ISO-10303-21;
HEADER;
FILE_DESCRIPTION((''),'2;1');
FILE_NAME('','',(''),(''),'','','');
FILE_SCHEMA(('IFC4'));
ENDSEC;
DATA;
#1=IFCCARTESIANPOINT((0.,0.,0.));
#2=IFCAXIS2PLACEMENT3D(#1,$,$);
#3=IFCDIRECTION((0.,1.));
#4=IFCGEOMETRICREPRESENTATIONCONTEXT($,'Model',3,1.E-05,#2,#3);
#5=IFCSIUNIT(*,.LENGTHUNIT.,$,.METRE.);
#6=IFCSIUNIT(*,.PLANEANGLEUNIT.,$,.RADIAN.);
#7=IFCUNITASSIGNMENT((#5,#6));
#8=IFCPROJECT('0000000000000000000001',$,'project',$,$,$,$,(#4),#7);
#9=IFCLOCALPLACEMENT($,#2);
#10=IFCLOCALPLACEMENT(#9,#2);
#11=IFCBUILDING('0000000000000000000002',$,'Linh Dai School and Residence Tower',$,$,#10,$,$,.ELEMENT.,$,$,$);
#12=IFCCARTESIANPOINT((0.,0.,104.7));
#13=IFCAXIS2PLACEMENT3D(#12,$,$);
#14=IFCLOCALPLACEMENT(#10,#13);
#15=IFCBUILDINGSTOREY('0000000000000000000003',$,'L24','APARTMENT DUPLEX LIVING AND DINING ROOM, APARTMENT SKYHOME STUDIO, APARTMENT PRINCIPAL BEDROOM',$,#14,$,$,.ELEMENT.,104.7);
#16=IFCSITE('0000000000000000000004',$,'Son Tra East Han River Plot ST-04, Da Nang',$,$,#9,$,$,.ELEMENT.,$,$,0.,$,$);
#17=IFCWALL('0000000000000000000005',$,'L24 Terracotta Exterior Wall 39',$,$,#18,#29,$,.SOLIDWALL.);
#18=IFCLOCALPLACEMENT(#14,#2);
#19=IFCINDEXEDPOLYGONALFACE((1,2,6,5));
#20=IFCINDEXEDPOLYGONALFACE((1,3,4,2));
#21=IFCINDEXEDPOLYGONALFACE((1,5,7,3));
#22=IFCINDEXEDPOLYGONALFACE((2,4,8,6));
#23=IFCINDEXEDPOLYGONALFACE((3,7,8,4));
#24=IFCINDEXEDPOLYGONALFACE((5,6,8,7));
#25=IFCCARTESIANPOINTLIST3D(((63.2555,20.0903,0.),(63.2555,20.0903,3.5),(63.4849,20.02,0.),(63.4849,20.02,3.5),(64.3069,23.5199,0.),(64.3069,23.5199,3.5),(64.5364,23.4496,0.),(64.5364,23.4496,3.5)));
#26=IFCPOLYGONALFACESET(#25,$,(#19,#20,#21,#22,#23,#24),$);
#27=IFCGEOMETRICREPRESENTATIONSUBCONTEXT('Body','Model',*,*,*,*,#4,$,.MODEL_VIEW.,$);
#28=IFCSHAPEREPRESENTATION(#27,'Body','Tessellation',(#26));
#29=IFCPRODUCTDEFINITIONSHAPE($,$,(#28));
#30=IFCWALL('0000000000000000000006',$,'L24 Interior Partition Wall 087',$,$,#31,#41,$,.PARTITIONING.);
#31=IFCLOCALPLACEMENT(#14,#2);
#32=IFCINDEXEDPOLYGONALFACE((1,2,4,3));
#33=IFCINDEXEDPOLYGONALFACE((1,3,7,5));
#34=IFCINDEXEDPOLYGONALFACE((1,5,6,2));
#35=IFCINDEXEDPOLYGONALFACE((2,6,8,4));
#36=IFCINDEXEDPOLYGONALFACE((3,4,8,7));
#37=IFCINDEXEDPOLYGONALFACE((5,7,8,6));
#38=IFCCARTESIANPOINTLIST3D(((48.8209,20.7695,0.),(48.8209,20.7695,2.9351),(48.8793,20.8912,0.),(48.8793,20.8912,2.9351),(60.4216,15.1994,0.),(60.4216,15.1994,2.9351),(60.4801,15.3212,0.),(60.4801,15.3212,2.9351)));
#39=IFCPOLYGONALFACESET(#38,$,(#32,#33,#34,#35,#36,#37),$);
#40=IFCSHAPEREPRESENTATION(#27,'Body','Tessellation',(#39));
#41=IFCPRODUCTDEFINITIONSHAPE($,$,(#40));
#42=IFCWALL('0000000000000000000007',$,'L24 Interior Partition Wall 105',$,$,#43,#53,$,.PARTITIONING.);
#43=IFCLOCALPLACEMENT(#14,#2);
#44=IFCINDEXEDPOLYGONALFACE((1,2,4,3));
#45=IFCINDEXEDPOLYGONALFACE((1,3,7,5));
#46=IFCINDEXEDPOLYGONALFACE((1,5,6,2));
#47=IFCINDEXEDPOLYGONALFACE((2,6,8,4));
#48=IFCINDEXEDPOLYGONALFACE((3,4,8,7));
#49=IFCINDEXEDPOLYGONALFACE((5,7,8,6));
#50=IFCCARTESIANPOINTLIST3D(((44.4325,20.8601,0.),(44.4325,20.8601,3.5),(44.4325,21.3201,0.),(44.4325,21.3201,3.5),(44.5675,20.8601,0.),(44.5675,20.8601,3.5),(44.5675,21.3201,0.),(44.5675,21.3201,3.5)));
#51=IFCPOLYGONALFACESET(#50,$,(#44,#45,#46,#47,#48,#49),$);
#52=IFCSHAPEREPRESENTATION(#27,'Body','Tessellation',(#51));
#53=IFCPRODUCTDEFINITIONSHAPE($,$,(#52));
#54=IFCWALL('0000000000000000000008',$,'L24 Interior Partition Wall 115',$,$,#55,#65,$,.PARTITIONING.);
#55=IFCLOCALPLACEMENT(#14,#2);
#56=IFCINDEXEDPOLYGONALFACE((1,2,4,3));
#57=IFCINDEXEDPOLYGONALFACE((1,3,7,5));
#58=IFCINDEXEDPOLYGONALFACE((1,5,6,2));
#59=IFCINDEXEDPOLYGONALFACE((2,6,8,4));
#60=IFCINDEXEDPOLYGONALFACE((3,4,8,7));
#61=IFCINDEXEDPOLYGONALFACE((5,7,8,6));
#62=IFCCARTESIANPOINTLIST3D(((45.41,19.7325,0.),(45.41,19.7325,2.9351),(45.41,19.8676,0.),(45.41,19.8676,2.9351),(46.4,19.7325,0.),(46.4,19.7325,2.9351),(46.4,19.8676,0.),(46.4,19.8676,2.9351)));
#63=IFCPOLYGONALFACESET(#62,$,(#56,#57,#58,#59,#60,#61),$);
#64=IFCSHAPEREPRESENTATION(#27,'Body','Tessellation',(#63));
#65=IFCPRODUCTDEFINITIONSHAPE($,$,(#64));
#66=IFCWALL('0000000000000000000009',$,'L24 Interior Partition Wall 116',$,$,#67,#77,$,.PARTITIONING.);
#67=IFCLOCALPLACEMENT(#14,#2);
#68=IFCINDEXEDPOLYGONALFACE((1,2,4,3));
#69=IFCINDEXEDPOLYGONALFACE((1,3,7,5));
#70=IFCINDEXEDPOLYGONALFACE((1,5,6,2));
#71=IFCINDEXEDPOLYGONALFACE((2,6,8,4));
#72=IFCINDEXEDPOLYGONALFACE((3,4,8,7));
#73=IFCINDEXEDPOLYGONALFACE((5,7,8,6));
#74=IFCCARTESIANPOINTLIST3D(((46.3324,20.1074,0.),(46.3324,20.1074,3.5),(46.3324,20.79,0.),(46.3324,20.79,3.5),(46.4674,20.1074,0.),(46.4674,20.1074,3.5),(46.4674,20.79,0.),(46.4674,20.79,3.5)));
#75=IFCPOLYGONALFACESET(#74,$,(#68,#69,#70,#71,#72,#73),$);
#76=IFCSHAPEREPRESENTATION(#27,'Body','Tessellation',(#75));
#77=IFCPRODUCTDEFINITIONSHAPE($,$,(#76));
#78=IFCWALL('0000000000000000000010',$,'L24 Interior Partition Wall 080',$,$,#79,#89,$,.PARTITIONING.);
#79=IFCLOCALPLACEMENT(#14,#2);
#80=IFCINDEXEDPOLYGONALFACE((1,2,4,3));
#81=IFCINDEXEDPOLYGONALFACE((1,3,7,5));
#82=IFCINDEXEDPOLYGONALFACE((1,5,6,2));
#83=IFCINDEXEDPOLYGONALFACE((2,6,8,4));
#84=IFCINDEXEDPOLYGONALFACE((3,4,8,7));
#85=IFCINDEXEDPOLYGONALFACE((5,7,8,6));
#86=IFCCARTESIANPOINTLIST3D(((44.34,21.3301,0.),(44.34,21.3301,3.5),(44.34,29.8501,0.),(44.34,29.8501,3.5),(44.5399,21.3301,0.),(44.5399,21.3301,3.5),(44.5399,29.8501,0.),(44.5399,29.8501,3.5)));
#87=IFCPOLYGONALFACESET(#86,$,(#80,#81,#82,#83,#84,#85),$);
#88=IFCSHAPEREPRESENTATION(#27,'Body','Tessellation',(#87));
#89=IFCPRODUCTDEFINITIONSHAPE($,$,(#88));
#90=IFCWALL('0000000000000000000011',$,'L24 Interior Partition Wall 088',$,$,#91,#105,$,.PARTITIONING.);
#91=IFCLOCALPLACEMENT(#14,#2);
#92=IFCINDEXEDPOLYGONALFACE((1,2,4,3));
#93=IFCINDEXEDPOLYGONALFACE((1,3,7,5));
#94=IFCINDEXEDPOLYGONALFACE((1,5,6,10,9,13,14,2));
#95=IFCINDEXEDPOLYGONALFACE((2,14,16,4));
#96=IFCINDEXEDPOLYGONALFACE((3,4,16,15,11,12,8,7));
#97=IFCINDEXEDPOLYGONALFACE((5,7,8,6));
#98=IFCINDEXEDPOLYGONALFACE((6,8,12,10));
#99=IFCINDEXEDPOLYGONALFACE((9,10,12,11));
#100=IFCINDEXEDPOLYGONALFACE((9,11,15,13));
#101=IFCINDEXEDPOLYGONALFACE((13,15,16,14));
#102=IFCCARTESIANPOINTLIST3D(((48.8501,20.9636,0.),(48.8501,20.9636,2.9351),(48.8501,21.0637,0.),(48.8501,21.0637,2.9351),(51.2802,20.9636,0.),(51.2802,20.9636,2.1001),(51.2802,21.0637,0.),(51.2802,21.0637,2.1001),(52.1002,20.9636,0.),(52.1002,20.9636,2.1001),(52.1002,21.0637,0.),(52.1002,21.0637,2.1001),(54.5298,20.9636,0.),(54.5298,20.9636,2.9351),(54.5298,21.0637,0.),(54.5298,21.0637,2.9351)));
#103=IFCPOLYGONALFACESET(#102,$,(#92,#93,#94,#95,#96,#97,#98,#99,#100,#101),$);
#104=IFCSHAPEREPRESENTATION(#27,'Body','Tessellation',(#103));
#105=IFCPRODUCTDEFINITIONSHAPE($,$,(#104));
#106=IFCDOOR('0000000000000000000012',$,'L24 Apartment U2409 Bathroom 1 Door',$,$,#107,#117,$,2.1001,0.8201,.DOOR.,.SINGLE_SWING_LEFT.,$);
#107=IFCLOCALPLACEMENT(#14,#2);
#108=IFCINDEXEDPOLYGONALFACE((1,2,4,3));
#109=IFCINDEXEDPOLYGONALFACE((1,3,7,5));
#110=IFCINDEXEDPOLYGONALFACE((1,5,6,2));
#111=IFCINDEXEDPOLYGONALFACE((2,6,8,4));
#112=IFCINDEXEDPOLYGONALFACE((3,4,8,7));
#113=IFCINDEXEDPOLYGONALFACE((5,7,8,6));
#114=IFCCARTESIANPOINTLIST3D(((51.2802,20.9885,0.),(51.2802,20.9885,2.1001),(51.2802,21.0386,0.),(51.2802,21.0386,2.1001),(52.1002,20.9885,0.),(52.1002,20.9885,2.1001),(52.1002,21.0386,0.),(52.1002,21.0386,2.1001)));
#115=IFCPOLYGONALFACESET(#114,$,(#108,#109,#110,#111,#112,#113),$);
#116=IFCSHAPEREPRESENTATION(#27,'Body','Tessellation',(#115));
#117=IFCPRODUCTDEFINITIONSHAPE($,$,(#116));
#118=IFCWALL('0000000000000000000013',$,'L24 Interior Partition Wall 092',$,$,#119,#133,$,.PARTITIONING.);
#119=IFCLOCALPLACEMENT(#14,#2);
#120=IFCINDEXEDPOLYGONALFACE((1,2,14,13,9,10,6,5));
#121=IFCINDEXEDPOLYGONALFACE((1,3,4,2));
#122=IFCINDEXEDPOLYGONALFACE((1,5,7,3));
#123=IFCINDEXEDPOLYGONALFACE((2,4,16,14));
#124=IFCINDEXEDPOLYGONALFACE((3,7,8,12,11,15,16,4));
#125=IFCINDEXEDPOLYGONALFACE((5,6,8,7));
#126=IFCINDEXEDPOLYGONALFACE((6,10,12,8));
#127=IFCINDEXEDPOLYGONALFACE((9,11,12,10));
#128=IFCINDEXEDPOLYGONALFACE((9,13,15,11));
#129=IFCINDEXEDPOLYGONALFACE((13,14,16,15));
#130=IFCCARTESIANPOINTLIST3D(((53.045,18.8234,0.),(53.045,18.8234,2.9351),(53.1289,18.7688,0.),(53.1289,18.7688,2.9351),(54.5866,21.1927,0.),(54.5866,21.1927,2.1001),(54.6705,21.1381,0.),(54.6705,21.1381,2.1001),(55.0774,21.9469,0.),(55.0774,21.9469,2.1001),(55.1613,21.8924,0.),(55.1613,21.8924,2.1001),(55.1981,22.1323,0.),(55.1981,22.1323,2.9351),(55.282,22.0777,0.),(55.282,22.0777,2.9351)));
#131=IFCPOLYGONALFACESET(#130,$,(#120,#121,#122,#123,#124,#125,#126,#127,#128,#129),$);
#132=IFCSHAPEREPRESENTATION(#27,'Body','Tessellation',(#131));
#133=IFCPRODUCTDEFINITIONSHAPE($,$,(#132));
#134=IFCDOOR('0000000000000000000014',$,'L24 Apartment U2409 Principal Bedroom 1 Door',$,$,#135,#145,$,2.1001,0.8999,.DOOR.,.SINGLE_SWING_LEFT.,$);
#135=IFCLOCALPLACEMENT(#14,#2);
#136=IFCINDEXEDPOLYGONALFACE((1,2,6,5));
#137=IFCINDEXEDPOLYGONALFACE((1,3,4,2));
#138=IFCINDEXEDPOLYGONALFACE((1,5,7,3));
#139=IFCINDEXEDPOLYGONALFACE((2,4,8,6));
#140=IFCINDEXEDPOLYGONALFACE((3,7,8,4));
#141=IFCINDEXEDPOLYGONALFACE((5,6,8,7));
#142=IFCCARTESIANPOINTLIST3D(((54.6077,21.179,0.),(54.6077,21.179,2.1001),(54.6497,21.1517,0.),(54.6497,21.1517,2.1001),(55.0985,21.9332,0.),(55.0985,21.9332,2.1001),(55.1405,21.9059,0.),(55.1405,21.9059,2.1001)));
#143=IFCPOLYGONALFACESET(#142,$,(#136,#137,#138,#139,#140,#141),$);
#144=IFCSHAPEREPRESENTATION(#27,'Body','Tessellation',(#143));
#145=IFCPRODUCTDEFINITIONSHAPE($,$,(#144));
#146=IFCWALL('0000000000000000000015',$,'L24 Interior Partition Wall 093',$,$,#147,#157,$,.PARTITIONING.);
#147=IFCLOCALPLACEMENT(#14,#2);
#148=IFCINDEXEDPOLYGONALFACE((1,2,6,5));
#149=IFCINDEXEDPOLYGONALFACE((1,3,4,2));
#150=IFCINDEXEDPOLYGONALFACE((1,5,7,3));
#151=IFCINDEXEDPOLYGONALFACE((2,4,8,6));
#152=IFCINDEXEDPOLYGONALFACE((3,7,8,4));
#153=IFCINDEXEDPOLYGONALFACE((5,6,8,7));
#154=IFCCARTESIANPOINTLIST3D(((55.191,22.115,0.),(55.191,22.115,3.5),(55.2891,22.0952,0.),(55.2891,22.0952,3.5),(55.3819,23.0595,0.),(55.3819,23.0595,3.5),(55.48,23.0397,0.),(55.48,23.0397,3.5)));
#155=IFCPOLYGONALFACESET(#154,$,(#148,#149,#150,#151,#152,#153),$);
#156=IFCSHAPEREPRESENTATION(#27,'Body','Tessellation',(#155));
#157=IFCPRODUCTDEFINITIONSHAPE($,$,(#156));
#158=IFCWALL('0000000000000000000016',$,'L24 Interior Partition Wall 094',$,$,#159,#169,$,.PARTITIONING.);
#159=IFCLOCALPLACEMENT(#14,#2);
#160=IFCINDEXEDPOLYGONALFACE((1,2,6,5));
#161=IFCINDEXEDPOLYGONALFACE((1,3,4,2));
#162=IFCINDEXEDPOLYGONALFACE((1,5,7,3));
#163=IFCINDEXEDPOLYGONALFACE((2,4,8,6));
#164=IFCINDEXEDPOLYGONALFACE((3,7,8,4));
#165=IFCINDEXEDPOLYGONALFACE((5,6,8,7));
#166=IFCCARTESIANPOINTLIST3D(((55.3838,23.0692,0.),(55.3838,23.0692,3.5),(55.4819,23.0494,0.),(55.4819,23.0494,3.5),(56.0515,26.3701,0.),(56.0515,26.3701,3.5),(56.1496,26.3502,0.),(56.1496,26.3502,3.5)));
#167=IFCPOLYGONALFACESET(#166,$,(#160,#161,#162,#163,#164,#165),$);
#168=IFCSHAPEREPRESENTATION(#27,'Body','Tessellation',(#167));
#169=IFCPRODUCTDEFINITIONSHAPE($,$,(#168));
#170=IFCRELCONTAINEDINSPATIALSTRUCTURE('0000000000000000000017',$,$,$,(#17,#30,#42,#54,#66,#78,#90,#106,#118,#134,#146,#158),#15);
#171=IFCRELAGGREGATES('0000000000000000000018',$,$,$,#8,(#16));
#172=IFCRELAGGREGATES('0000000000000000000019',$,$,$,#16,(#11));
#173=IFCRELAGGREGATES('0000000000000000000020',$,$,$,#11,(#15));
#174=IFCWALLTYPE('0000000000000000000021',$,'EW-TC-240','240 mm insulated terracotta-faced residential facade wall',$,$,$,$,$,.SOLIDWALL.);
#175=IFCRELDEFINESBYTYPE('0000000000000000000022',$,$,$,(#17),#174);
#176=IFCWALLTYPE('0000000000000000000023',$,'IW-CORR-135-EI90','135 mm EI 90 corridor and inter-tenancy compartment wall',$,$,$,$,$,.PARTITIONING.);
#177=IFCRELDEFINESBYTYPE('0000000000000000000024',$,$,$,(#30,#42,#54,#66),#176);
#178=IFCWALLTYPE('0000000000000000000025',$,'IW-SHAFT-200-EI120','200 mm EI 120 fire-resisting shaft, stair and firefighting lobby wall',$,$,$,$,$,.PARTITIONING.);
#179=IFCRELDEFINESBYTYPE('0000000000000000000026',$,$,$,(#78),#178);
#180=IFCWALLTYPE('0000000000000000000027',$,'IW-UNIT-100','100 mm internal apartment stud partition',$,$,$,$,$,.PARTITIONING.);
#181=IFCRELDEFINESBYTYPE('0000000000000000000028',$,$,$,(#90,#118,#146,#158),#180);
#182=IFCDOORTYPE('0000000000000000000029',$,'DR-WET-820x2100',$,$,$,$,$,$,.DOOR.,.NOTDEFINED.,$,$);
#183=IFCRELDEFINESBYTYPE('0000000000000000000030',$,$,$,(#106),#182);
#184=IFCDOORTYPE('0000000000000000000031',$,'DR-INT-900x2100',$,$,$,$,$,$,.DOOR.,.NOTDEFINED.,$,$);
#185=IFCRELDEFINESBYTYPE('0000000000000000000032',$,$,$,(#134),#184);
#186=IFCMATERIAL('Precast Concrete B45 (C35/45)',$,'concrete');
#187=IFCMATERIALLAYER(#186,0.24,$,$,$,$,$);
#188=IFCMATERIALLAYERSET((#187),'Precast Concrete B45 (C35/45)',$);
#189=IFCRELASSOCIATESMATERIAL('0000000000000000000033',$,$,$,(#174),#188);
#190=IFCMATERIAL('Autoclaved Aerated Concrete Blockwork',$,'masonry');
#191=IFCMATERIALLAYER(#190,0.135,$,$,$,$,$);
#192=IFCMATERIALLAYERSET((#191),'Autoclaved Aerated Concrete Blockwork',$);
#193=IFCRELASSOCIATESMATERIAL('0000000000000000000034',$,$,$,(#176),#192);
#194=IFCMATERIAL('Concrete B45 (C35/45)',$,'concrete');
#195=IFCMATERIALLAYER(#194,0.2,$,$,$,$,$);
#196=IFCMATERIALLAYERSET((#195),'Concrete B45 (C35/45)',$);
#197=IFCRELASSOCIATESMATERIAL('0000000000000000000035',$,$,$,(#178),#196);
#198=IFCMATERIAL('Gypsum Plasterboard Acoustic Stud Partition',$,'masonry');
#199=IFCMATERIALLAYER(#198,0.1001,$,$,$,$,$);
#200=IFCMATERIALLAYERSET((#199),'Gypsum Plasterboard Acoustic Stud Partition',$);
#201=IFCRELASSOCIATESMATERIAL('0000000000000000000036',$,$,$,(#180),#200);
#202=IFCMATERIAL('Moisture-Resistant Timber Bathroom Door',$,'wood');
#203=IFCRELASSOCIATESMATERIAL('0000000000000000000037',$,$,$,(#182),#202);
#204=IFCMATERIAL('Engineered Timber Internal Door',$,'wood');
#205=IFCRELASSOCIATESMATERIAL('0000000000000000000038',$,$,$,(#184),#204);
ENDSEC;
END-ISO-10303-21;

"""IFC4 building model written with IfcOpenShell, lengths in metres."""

from ifc_helpers import new_model, si_unit, direction, frame, frame_2d, origin, origin_2d, place, context, subcontext, project, spatial, rectangle, extrude, source, transform, mapped, material, layer, layer_set, type_object, element, fill, save


model = new_model("IFC4")

# Units and contexts
model_context = context("Model", 3, precision=1e-05, world=origin(), true_north=direction((0.0, 1.0)))
body_context = subcontext(model_context, "Body", "Model", "MODEL_VIEW")
ifc_project = project(units=[si_unit("LENGTHUNIT", "METRE"), si_unit("PLANEANGLEUNIT", "RADIAN")], contexts=[model_context])

# Site, building, storey
site_placement = place(None, origin())
site = spatial("IfcSite", under=ifc_project, at=site_placement, Name="Son Tra East Han River Plot ST-04, Da Nang", CompositionType="ELEMENT", RefElevation=0.0)
building_placement = place(site_placement, origin())
building = spatial("IfcBuilding", under=site, at=building_placement, Name="Linh Dai School and Residence Tower", CompositionType="ELEMENT")
storey_placement = place(building_placement, frame((0.0, 0.0, 104.7)))
storey = spatial("IfcBuildingStorey", under=building, at=storey_placement, Name="L24", Description="APARTMENT DUPLEX LIVING AND DINING ROOM, APARTMENT SKYHOME STUDIO, APARTMENT PRINCIPAL BEDROOM", CompositionType="ELEMENT", Elevation=104.7)

# Shared definitions
ifc_material_1 = material(Name="Precast Concrete B45 (C35/45)", Category="concrete")
ifc_layer_1 = layer(ifc_material_1, 0.24)
ifc_layer_set_1 = layer_set([ifc_layer_1], Name="Precast Concrete B45 (C35/45)")
wall_type_1 = type_object("IfcWallType", Name="EW-TC-240", Description="240 mm insulated terracotta-faced residential facade wall", PredefinedType="SOLIDWALL", material=ifc_layer_set_1)

# Walls
wall_1_placement = place(storey_placement, frame((64.4216, 23.4846, 0.0), z_axis=(0.0, 0.0, 1.0), x_axis=(-0.293124, -0.956074, 0.0)))
element("IfcWall", 1, at=wall_1_placement, inside=storey, type_object=wall_type_1, Name="L24 Terracotta Exterior Wall 39", PredefinedType="SOLIDWALL", context=body_context, shape_type="SweptSolid", body=[
    extrude(rectangle(XDim=3.5872, YDim=0.24, at=frame_2d((1.7935, 0.0))), origin(), (0.0, 0.0, 1.0), 3.5),
])
ifc_material_2 = material(Name="Autoclaved Aerated Concrete Blockwork", Category="masonry")
ifc_layer_2 = layer(ifc_material_2, 0.135)
ifc_layer_set_2 = layer_set([ifc_layer_2], Name="Autoclaved Aerated Concrete Blockwork")
wall_type_2 = type_object("IfcWallType", Name="IW-CORR-135-EI90", Description="135 mm EI 90 corridor and inter-tenancy compartment wall", PredefinedType="PARTITIONING", material=ifc_layer_set_2)
wall_2_placement = place(storey_placement, frame((48.8501, 20.8303, 0.0), z_axis=(0.0, 0.0, 1.0), x_axis=(0.901472, -0.432837, 0.0)))
element("IfcWall", 2, at=wall_2_placement, inside=storey, type_object=wall_type_2, Name="L24 Interior Partition Wall 087", PredefinedType="PARTITIONING", context=body_context, shape_type="SweptSolid", body=[
    extrude(rectangle(XDim=12.8687, YDim=0.135, at=frame_2d((6.4343, 0.0))), origin(), (0.0, 0.0, 1.0), 2.9351),
])
wall_3_placement = place(storey_placement, frame((44.5, 20.8601, 0.0), z_axis=(0.0, 0.0, 1.0), x_axis=(0.0, 1.0, 0.0)))
element("IfcWall", 3, at=wall_3_placement, inside=storey, type_object=wall_type_2, Name="L24 Interior Partition Wall 105", PredefinedType="PARTITIONING", context=body_context, shape_type="SweptSolid", body=[
    extrude(rectangle(XDim=0.46, YDim=0.135, at=frame_2d((0.23, 0.0))), origin(), (0.0, 0.0, 1.0), 3.5),
])
wall_4_placement = place(storey_placement, frame((45.4099, 19.8, 0.0), z_axis=(0.0, 0.0, 1.0), x_axis=(1.0, 0.0, 0.0)))
element("IfcWall", 4, at=wall_4_placement, inside=storey, type_object=wall_type_2, Name="L24 Interior Partition Wall 115", PredefinedType="PARTITIONING", context=body_context, shape_type="SweptSolid", body=[
    extrude(rectangle(XDim=0.99, YDim=0.135, at=frame_2d((0.4951, 0.0))), origin(), (0.0, 0.0, 1.0), 2.9351),
])
wall_5_placement = place(storey_placement, frame((46.3999, 20.1074, 0.0), z_axis=(0.0, 0.0, 1.0), x_axis=(0.0, 1.0, 0.0)))
element("IfcWall", 5, at=wall_5_placement, inside=storey, type_object=wall_type_2, Name="L24 Interior Partition Wall 116", PredefinedType="PARTITIONING", context=body_context, shape_type="SweptSolid", body=[
    extrude(rectangle(XDim=0.6826, YDim=0.135, at=frame_2d((0.3413, 0.0))), origin(), (0.0, 0.0, 1.0), 3.5),
])
ifc_material_3 = material(Name="Concrete B45 (C35/45)", Category="concrete")
ifc_layer_3 = layer(ifc_material_3, 0.2)
ifc_layer_set_3 = layer_set([ifc_layer_3], Name="Concrete B45 (C35/45)")
wall_type_3 = type_object("IfcWallType", Name="IW-SHAFT-200-EI120", Description="200 mm EI 120 fire-resisting shaft, stair and firefighting lobby wall", PredefinedType="PARTITIONING", material=ifc_layer_set_3)
wall_6_placement = place(storey_placement, frame((44.4399, 21.3301, 0.0), z_axis=(0.0, 0.0, 1.0), x_axis=(0.0, 1.0, 0.0)))
element("IfcWall", 6, at=wall_6_placement, inside=storey, type_object=wall_type_3, Name="L24 Interior Partition Wall 080", PredefinedType="PARTITIONING", context=body_context, shape_type="SweptSolid", body=[
    extrude(rectangle(XDim=8.52, YDim=0.2, at=frame_2d((4.26, 0.0))), origin(), (0.0, 0.0, 1.0), 3.5),
])

# Walls, openings, doors
ifc_material_4 = material(Name="Gypsum Plasterboard Acoustic Stud Partition", Category="masonry")
ifc_layer_4 = layer(ifc_material_4, 0.1001)
ifc_layer_set_4 = layer_set([ifc_layer_4], Name="Gypsum Plasterboard Acoustic Stud Partition")
wall_type_4 = type_object("IfcWallType", Name="IW-UNIT-100", Description="100 mm internal apartment stud partition", PredefinedType="PARTITIONING", material=ifc_layer_set_4)
wall_7_placement = place(storey_placement, frame((48.8501, 21.0137, 0.0), z_axis=(0.0, 0.0, 1.0), x_axis=(1.0, 0.0, 0.0)))
wall_7 = element("IfcWall", 7, at=wall_7_placement, inside=storey, type_object=wall_type_4, Name="L24 Interior Partition Wall 088", PredefinedType="PARTITIONING", context=body_context, shape_type="SweptSolid", body=[
    extrude(rectangle(XDim=5.6797, YDim=0.1001, at=frame_2d((2.8398, 0.0))), origin(), (0.0, 0.0, 1.0), 2.9351),
])
opening_1_placement = place(wall_7_placement, frame((2.4299, 0.0, 0.0)))
opening_1 = element("IfcOpeningElement", 8, at=opening_1_placement, cuts=wall_7, PredefinedType="OPENING", context=body_context, shape_type="SweptSolid", body=[
    extrude(rectangle(XDim=0.8201, YDim=2.1001, at=origin_2d()), frame((0.4102, 0.0601, 1.05), z_axis=(0.0, -1.0, 0.0), x_axis=(1.0, 0.0, 0.0)), (0.0, 0.0, 1.0), 0.1201),
])
ifc_material_5 = material(Name="Moisture-Resistant Timber Bathroom Door", Category="wood")
door_type_1 = type_object("IfcDoorType", Name="DR-WET-820x2100", OperationType="NOTDEFINED", PredefinedType="DOOR", material=ifc_material_5)
shared_shape_1 = source(origin(), body_context, "Body", "SweptSolid", [
    extrude(rectangle(XDim=0.8201, YDim=2.1001, at=origin_2d()), frame((0.4102, 0.0249, 1.05), z_axis=(0.0, -1.0, 0.0), x_axis=(1.0, 0.0, 0.0)), (0.0, 0.0, 1.0), 0.05),
])
door_1_placement = place(opening_1_placement, origin())
door_1 = element("IfcDoor", 9, at=door_1_placement, inside=storey, type_object=door_type_1, Name="L24 Apartment U2409 Bathroom 1 Door", OperationType="SINGLE_SWING_LEFT", OverallHeight=2.1001, OverallWidth=0.8201, PredefinedType="DOOR", context=body_context, shape_type="MappedRepresentation", body=[
    mapped(shared_shape_1, transform((0.0, 0.0, 0.0), x_axis=(1.0, 0.0, 0.0), y_axis=(0.0, 1.0, 0.0), z_axis=(0.0, 0.0, 1.0), scale=1.0)),
])
fill(opening_1, door_1)
wall_8_placement = place(storey_placement, frame((53.0869, 18.7961, 0.0), z_axis=(0.0, 0.0, 1.0), x_axis=(0.545403, 0.838174, 0.0)))
wall_8 = element("IfcWall", 10, at=wall_8_placement, inside=storey, type_object=wall_type_4, Name="L24 Interior Partition Wall 092", PredefinedType="PARTITIONING", context=body_context, shape_type="SweptSolid", body=[
    extrude(rectangle(XDim=3.9478, YDim=0.1001, at=frame_2d((1.9739, 0.0))), origin(), (0.0, 0.0, 1.0), 2.9351),
])
opening_2_placement = place(wall_8_placement, frame((2.8267, 0.0, 0.0)))
opening_2 = element("IfcOpeningElement", 11, at=opening_2_placement, cuts=wall_8, PredefinedType="OPENING", context=body_context, shape_type="SweptSolid", body=[
    extrude(rectangle(XDim=0.8999, YDim=2.1001, at=origin_2d()), frame((0.45, 0.0601, 1.05), z_axis=(0.0, -1.0, 0.0), x_axis=(1.0, 0.0, 0.0)), (0.0, 0.0, 1.0), 0.1201),
])
ifc_material_6 = material(Name="Engineered Timber Internal Door", Category="wood")
door_type_2 = type_object("IfcDoorType", Name="DR-INT-900x2100", OperationType="NOTDEFINED", PredefinedType="DOOR", material=ifc_material_6)
shared_shape_2 = source(origin(), body_context, "Body", "SweptSolid", [
    extrude(rectangle(XDim=0.8999, YDim=2.1001, at=origin_2d()), frame((0.45, 0.0249, 1.05), z_axis=(0.0, -1.0, 0.0), x_axis=(1.0, 0.0, 0.0)), (0.0, 0.0, 1.0), 0.05),
])
door_2_placement = place(opening_2_placement, origin())
door_2 = element("IfcDoor", 12, at=door_2_placement, inside=storey, type_object=door_type_2, Name="L24 Apartment U2409 Principal Bedroom 1 Door", OperationType="SINGLE_SWING_LEFT", OverallHeight=2.1001, OverallWidth=0.8999, PredefinedType="DOOR", context=body_context, shape_type="MappedRepresentation", body=[
    mapped(shared_shape_2, transform((0.0, 0.0, 0.0), x_axis=(1.0, 0.0, 0.0), y_axis=(0.0, 1.0, 0.0), z_axis=(0.0, 0.0, 1.0), scale=1.0)),
])
fill(opening_2, door_2)

# Walls
wall_9_placement = place(storey_placement, frame((55.24, 22.105, 0.0), z_axis=(0.0, 0.0, 1.0), x_axis=(0.198113, 0.980179, 0.0)))
element("IfcWall", 13, at=wall_9_placement, inside=storey, type_object=wall_type_4, Name="L24 Interior Partition Wall 093", PredefinedType="PARTITIONING", context=body_context, shape_type="SweptSolid", body=[
    extrude(rectangle(XDim=0.9636, YDim=0.1001, at=frame_2d((0.4819, 0.0))), origin(), (0.0, 0.0, 1.0), 3.5),
])
wall_10_placement = place(storey_placement, frame((55.4329, 23.0593, 0.0), z_axis=(0.0, 0.0, 1.0), x_axis=(0.198277, 0.980146, 0.0)))
element("IfcWall", 14, at=wall_10_placement, inside=storey, type_object=wall_type_4, Name="L24 Interior Partition Wall 094", PredefinedType="PARTITIONING", context=body_context, shape_type="SweptSolid", body=[
    extrude(rectangle(XDim=3.3677, YDim=0.1001, at=frame_2d((1.6838, 0.0))), origin(), (0.0, 0.0, 1.0), 3.5),
])

save(model, "model.ifc")
